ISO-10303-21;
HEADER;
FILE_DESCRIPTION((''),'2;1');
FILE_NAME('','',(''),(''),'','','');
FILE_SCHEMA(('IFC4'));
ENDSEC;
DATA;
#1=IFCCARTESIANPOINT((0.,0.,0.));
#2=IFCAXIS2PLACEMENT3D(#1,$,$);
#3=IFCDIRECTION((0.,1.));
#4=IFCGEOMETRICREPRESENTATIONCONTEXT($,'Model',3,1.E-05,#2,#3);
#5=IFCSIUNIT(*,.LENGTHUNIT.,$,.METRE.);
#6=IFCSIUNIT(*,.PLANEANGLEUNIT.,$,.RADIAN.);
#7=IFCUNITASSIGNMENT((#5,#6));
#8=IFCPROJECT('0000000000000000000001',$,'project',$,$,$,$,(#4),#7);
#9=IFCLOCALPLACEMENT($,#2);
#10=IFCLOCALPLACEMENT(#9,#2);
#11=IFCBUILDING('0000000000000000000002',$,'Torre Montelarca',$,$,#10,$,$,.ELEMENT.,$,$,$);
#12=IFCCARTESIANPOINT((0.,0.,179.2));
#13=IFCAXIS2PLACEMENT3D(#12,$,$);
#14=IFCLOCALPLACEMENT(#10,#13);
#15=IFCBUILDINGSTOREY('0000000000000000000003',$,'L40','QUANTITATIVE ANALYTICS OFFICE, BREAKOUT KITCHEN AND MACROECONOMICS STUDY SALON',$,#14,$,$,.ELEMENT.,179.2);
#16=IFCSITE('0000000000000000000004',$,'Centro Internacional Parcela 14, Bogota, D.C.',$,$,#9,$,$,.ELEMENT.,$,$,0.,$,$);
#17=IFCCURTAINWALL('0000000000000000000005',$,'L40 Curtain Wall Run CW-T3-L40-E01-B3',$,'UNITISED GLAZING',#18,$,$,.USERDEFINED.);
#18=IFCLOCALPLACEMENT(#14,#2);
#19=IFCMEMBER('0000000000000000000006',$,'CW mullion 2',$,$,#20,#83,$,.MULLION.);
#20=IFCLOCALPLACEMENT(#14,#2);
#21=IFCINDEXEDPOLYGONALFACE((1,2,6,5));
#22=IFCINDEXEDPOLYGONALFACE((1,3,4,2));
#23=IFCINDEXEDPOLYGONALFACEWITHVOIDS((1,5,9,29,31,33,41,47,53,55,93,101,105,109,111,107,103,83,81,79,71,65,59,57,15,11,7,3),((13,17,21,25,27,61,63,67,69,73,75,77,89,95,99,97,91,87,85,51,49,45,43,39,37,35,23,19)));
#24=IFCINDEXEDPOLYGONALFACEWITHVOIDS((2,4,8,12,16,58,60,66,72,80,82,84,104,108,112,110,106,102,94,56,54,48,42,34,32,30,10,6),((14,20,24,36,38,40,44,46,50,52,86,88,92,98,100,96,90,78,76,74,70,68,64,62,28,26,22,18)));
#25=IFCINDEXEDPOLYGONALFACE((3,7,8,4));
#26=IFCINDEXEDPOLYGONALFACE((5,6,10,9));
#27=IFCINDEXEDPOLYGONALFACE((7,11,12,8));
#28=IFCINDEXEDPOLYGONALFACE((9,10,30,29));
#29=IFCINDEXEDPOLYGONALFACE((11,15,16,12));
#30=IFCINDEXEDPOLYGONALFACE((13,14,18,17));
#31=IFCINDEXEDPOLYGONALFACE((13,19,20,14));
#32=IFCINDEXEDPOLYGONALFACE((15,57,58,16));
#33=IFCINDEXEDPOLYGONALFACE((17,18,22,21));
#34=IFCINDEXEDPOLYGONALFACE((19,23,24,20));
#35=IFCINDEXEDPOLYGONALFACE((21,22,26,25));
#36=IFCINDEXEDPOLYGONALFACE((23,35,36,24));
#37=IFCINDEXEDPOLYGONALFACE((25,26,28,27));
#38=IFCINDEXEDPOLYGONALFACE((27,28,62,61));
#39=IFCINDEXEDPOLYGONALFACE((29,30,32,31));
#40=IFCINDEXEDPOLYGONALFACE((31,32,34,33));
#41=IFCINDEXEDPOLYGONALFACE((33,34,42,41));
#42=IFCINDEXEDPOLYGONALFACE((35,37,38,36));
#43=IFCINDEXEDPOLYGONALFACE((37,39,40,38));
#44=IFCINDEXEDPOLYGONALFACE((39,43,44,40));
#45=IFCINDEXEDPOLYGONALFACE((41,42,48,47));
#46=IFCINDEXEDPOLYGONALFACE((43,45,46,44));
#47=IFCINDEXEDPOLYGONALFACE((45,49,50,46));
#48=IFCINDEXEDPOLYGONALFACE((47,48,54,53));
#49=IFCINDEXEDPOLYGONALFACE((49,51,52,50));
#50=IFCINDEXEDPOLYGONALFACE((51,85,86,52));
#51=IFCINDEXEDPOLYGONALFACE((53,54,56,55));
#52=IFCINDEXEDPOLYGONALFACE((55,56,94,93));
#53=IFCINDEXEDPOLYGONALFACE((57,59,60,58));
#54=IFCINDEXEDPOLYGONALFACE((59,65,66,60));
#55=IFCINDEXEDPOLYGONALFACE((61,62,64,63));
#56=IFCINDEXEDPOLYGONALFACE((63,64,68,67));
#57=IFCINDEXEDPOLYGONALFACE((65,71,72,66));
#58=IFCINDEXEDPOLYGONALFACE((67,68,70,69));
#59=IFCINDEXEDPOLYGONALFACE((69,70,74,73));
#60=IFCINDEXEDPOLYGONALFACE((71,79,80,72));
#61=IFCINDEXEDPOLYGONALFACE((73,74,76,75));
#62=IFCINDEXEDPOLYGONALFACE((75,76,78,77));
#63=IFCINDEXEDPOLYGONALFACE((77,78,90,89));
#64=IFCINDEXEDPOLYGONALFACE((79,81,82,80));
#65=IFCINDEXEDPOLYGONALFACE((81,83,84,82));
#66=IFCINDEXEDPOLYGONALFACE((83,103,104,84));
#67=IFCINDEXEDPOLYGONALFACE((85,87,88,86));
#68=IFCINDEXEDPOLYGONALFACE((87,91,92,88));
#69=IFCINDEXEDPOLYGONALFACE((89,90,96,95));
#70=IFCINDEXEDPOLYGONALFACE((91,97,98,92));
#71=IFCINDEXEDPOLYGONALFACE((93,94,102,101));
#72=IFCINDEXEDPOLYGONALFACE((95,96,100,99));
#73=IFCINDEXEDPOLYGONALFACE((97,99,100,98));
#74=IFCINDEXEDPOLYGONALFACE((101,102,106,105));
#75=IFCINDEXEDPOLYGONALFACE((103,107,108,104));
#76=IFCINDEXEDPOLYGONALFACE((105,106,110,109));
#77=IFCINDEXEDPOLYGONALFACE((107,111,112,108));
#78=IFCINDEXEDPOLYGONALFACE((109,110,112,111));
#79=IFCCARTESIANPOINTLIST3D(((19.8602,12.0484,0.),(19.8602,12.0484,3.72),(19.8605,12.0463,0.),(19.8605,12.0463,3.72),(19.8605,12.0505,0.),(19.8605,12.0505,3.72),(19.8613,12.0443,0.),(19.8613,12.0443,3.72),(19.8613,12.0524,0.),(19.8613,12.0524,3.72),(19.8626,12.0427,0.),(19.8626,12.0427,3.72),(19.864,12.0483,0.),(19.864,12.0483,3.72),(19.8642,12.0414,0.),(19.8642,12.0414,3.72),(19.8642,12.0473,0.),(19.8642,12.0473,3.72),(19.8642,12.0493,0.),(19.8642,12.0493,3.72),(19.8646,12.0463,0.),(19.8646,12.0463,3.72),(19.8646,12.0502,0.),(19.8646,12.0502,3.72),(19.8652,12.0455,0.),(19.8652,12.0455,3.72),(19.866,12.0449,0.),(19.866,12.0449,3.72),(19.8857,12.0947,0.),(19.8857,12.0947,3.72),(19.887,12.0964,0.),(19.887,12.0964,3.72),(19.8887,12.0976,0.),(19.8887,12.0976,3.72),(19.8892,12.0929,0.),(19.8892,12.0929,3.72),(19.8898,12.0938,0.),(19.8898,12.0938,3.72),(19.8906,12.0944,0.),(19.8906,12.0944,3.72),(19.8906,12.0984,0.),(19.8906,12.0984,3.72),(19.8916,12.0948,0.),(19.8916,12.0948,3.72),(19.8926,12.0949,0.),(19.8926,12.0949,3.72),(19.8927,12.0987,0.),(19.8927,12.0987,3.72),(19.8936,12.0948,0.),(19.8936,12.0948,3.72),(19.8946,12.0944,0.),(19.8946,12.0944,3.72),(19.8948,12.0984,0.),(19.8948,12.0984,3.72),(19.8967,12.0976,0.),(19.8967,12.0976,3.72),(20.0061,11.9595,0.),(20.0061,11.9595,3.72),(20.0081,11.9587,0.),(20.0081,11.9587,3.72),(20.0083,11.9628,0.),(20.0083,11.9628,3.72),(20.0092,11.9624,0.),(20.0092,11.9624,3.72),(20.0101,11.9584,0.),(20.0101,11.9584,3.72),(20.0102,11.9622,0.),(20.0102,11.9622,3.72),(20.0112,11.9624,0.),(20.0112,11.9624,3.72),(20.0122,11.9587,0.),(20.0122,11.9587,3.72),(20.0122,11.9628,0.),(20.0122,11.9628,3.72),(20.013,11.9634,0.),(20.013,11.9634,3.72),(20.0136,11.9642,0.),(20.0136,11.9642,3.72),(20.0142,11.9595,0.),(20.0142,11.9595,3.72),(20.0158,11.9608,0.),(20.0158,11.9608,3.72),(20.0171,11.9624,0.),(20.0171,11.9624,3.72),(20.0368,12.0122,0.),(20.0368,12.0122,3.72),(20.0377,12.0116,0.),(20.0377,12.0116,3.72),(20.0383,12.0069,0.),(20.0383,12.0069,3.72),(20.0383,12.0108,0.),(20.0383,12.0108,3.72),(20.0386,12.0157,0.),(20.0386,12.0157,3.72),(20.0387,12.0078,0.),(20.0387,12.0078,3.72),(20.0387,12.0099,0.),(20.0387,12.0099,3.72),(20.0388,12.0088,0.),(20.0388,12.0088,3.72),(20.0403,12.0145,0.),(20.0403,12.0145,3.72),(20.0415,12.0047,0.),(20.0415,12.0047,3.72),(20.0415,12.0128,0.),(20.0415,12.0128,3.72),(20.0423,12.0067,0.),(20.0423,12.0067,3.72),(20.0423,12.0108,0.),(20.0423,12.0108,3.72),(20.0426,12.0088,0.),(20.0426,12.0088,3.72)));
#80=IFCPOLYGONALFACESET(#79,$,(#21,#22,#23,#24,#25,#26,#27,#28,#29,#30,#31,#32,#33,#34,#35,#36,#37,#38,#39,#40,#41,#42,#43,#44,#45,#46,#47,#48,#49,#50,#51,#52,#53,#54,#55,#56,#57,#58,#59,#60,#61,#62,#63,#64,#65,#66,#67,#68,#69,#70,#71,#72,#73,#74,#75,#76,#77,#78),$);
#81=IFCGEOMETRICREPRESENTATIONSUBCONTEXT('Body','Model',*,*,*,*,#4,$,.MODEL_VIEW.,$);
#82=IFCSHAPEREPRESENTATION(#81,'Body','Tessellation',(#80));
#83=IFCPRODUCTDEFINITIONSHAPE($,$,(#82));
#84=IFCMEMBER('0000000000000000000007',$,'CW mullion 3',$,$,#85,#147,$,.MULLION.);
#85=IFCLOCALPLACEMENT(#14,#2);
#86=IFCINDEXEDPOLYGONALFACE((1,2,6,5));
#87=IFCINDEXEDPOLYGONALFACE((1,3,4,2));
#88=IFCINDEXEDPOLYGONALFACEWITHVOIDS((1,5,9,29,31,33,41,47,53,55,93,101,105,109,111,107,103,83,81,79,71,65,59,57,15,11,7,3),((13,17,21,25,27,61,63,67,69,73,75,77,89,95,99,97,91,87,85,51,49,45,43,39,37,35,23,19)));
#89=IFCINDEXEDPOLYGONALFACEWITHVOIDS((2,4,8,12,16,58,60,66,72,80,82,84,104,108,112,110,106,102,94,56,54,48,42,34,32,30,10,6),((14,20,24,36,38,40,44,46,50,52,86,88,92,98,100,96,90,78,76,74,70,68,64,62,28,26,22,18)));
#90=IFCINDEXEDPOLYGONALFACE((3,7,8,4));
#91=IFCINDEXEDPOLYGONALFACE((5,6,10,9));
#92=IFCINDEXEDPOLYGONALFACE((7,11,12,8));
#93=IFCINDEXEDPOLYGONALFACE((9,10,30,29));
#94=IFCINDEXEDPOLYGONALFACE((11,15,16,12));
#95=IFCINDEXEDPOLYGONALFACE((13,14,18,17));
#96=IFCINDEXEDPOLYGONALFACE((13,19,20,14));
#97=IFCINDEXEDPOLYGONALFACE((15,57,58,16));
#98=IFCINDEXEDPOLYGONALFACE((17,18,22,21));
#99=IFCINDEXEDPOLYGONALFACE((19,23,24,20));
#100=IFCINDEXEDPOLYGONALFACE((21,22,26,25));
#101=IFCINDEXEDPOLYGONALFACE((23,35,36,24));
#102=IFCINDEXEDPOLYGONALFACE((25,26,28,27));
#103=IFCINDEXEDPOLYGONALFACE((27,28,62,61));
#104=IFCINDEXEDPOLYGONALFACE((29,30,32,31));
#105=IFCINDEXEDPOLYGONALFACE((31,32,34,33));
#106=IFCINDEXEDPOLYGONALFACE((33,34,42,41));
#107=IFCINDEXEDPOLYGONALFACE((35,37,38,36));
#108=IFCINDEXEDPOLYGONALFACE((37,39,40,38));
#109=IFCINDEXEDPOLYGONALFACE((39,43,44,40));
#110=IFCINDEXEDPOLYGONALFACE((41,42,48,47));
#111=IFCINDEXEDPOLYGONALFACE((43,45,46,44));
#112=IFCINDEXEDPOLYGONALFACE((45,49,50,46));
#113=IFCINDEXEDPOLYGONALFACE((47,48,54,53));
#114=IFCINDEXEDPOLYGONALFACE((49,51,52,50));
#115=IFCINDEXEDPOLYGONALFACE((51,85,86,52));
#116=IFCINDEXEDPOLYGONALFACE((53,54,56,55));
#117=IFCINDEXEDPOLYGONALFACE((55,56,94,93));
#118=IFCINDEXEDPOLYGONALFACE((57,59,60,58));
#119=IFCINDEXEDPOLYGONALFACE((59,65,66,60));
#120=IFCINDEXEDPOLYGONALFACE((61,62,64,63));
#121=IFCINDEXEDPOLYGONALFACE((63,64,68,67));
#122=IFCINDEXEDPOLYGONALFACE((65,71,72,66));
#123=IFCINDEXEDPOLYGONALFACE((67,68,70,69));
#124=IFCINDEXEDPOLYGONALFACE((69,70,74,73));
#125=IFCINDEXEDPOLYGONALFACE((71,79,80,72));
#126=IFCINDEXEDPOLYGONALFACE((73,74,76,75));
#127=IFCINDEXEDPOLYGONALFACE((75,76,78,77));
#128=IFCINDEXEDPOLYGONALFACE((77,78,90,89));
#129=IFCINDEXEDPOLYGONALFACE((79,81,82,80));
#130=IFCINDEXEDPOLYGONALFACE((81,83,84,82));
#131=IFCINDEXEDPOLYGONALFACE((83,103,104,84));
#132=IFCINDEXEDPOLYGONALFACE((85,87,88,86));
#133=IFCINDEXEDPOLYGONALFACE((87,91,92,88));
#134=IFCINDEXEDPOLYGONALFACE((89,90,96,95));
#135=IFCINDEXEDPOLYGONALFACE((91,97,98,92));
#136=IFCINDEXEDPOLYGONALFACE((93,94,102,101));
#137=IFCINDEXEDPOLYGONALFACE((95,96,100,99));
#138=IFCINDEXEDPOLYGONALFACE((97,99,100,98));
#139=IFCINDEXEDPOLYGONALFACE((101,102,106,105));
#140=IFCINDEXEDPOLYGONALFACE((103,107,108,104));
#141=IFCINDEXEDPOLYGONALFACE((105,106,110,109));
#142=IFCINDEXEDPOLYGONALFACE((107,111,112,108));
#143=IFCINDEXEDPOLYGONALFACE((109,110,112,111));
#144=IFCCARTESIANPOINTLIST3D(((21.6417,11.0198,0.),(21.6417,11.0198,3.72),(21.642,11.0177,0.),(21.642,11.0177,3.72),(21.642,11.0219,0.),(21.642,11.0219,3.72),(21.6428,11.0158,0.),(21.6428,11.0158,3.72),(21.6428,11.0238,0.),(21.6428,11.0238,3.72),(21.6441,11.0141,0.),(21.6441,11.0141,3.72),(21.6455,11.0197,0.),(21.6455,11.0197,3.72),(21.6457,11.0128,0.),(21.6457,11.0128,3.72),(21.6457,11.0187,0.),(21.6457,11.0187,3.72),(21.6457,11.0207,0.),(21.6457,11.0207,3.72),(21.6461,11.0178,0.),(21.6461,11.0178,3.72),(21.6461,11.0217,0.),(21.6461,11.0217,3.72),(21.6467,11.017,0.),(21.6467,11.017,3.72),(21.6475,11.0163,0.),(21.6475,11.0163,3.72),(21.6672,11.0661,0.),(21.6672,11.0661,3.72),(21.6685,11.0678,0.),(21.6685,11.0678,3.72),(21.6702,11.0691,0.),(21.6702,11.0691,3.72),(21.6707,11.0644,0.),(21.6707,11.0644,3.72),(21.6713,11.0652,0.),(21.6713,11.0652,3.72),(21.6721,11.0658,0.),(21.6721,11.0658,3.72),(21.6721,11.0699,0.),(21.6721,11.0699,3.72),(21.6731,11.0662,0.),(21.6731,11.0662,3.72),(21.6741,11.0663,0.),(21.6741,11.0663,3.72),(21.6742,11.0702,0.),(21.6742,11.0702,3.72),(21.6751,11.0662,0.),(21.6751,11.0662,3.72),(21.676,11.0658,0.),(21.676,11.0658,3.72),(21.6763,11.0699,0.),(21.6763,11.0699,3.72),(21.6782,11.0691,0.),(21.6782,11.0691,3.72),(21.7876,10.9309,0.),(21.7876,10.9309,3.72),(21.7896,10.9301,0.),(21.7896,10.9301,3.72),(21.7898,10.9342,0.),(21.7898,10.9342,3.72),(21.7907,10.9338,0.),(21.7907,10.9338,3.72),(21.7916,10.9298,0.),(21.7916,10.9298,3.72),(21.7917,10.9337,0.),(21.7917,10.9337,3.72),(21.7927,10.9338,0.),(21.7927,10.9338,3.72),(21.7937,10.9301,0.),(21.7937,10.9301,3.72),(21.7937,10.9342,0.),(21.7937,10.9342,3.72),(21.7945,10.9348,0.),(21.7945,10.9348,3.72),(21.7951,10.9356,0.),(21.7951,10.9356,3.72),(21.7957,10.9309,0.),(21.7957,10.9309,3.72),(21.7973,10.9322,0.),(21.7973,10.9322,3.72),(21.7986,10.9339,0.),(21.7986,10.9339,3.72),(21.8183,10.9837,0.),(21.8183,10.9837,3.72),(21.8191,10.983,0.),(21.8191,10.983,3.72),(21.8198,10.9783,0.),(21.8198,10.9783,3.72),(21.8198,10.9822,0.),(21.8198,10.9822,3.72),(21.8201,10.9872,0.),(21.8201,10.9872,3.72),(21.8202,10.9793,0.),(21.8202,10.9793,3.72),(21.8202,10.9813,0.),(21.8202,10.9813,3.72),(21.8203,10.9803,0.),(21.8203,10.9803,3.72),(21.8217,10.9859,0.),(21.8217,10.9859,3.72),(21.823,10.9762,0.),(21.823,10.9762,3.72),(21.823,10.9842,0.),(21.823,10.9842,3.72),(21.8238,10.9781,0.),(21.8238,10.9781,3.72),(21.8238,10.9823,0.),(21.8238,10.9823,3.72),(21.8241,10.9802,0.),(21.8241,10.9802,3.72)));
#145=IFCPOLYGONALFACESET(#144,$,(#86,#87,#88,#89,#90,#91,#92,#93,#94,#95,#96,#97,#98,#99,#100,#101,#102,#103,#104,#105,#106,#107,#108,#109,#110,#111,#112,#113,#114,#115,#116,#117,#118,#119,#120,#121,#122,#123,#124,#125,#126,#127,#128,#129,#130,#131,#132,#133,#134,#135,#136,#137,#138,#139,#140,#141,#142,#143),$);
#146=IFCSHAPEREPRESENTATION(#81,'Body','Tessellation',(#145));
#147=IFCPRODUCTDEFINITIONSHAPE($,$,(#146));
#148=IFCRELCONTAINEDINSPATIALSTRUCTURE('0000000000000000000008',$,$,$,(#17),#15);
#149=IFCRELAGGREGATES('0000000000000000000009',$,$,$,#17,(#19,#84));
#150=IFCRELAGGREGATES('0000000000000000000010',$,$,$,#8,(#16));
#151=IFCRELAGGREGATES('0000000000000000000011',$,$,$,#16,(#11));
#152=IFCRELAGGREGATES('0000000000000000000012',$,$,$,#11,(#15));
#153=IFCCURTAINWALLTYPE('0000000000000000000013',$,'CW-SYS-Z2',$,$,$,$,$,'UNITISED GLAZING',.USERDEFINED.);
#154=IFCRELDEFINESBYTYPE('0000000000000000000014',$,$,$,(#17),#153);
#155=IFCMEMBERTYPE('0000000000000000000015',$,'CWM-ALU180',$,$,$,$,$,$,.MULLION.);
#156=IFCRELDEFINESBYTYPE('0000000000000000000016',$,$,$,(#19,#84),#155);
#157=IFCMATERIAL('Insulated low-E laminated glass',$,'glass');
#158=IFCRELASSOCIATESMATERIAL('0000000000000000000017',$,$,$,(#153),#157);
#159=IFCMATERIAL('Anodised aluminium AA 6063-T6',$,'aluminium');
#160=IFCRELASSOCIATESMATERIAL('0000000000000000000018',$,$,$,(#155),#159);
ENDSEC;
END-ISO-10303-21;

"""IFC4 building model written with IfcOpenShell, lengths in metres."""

from ifc_helpers import new_model, si_unit, direction, frame, origin, origin_2d, place, context, subcontext, project, spatial, hollow_rectangle, extrude, source, transform, mapped, material, material_profile, profile_set, type_object, element, aggregate, save


model = new_model("IFC4")

# Units and contexts
model_context = context("Model", 3, precision=1e-05, world=origin(), true_north=direction((0.0, 1.0)))
body_context = subcontext(model_context, "Body", "Model", "MODEL_VIEW")
ifc_project = project(units=[si_unit("LENGTHUNIT", "METRE"), si_unit("PLANEANGLEUNIT", "RADIAN")], contexts=[model_context])

# Site, building, storey
site_placement = place(None, origin())
site = spatial("IfcSite", under=ifc_project, at=site_placement, Name="Centro Internacional Parcela 14, Bogota, D.C.", CompositionType="ELEMENT", RefElevation=0.0)
building_placement = place(site_placement, origin())
building = spatial("IfcBuilding", under=site, at=building_placement, Name="Torre Montelarca", CompositionType="ELEMENT")
storey_placement = place(building_placement, frame((0.0, 0.0, 179.2)))
storey = spatial("IfcBuildingStorey", under=building, at=storey_placement, Name="L40", Description="QUANTITATIVE ANALYTICS OFFICE, BREAKOUT KITCHEN AND MACROECONOMICS STUDY SALON", CompositionType="ELEMENT", Elevation=179.2)

# Shared definitions
ifc_material_1 = material(Name="Insulated low-E laminated glass", Category="glass")
curtain_wall_type = type_object("IfcCurtainWallType", Name="CW-SYS-Z2", ElementType="UNITISED GLAZING", PredefinedType="USERDEFINED", material=ifc_material_1)
ifc_material_2 = material(Name="Anodised aluminium AA 6063-T6", Category="aluminium")
ifc_material_profile_1 = material_profile(ifc_material_2, hollow_rectangle(XDim=0.0649, YDim=0.1799, WallThickness=0.0039, InnerFilletRadius=0.0039, OuterFilletRadius=0.0081, at=origin_2d()), Name="ALU65X180X4", Category="aluminium")
ifc_profile_set_1 = profile_set([ifc_material_profile_1], Name="Anodised aluminium AA 6063-T6")
member_type_1 = type_object("IfcMemberType", Name="CWM-ALU180", PredefinedType="MULLION", material=ifc_profile_set_1)
shared_shape_1 = source(origin(), body_context, "Body", "SweptSolid", [
    extrude(hollow_rectangle(XDim=0.0649, YDim=0.1799, WallThickness=0.0039, InnerFilletRadius=0.0039, OuterFilletRadius=0.0081, at=origin_2d()), origin(), (0.0, 0.0, 1.0), 3.72),
])

# Curtain wall, members
curtain_wall_1_placement = place(storey_placement, origin())
curtain_wall_1 = element("IfcCurtainWall", 1, at=curtain_wall_1_placement, inside=storey, type_object=curtain_wall_type, Name="L40 Curtain Wall Run CW-T3-L40-E01-B3", ObjectType="UNITISED GLAZING", PredefinedType="USERDEFINED")
member_1_placement = place(storey_placement, frame((19.9514, 12.0286, 0.0), z_axis=(0.0, 0.0, 1.0), x_axis=(0.499989, 0.866032, 0.0)))
member_1 = element("IfcMember", 2, at=member_1_placement, type_object=member_type_1, Name="CW mullion 2", PredefinedType="MULLION", context=body_context, shape_type="MappedRepresentation", body=[
    mapped(shared_shape_1, transform((0.0, 0.0, 0.0), scale=1.0)),
])
member_2_placement = place(storey_placement, frame((21.7329, 11.0, 0.0), z_axis=(0.0, 0.0, 1.0), x_axis=(0.499989, 0.866032, 0.0)))
member_2 = element("IfcMember", 3, at=member_2_placement, type_object=member_type_1, Name="CW mullion 3", PredefinedType="MULLION", context=body_context, shape_type="MappedRepresentation", body=[
    mapped(shared_shape_1, transform((0.0, 0.0, 0.0), scale=1.0)),
])

aggregate(curtain_wall_1, [member_1, member_2])

save(model, "model.ifc")
